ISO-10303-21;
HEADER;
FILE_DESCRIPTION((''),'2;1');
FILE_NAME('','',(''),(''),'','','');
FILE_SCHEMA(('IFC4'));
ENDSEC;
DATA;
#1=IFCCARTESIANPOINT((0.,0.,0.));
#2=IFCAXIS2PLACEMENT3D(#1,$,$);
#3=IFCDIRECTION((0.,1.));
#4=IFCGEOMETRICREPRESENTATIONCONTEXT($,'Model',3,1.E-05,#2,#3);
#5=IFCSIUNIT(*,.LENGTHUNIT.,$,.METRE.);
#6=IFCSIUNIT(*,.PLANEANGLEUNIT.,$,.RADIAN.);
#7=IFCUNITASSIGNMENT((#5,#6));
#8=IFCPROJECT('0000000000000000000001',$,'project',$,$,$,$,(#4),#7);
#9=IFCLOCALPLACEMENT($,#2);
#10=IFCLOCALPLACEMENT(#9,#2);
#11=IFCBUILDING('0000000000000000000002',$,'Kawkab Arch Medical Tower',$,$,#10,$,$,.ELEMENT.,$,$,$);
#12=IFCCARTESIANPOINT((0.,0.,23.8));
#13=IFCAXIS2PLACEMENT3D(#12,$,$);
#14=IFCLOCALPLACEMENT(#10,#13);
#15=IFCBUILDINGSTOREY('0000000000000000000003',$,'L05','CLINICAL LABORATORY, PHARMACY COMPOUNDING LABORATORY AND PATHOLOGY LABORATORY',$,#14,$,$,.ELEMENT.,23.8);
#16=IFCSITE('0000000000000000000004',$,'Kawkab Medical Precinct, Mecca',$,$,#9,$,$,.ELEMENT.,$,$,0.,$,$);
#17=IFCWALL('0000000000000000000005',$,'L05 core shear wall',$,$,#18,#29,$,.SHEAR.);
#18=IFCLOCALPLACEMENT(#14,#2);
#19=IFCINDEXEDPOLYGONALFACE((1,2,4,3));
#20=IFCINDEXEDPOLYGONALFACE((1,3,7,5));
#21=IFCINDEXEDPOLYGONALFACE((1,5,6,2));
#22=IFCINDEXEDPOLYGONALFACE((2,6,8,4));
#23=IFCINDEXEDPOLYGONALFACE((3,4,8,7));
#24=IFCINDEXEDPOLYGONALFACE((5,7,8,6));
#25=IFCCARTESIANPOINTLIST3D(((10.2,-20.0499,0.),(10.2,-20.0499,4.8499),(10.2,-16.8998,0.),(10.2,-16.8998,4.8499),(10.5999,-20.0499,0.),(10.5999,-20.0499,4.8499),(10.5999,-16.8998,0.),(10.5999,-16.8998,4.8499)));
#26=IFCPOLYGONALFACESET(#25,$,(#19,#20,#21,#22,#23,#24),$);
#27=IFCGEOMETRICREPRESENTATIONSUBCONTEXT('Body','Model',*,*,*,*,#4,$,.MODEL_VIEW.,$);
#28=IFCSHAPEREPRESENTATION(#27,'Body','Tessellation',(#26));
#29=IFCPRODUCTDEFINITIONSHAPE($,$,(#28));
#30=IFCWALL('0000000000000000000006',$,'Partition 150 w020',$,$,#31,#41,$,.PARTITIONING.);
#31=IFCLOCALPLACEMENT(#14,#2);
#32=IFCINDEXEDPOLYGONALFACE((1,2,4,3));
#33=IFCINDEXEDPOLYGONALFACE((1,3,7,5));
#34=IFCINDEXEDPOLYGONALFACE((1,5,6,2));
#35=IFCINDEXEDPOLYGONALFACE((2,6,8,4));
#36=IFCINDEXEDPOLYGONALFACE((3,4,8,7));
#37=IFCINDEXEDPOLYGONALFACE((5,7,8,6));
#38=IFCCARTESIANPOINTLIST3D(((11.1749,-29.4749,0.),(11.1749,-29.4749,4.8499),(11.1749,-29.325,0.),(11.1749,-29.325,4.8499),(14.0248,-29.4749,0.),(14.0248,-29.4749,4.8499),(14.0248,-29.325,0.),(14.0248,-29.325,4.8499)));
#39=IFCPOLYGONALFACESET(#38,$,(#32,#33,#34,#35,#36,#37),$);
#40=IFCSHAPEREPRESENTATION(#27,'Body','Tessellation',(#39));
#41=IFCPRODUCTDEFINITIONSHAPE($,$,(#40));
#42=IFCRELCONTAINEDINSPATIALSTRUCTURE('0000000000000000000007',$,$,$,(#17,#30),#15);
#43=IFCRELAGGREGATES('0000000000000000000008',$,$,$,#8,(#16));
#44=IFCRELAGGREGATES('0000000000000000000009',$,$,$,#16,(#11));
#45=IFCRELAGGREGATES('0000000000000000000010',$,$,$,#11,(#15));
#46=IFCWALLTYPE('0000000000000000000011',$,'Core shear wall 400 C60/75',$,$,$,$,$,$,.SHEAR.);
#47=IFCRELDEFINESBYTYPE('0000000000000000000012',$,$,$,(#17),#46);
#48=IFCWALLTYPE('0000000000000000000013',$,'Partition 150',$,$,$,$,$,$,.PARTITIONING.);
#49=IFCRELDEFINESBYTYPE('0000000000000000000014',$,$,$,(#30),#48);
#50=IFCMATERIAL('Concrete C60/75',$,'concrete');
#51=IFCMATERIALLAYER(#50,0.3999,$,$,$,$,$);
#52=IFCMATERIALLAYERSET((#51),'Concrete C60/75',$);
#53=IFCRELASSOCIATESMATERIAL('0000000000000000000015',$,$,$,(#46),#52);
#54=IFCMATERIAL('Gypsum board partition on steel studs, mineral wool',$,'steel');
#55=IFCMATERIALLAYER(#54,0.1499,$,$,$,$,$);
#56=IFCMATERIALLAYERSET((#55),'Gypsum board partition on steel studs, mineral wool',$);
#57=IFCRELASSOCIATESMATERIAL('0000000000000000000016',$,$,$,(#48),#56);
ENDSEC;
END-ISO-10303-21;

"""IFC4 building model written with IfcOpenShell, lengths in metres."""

from ifc_helpers import new_model, si_unit, direction, frame, frame_2d, origin, place, context, subcontext, project, spatial, rectangle, extrude, material, layer, layer_set, type_object, element, save


model = new_model("IFC4")

# Units and contexts
model_context = context("Model", 3, precision=1e-05, world=origin(), true_north=direction((0.0, 1.0)))
body_context = subcontext(model_context, "Body", "Model", "MODEL_VIEW")
ifc_project = project(units=[si_unit("LENGTHUNIT", "METRE"), si_unit("PLANEANGLEUNIT", "RADIAN")], contexts=[model_context])

# Site, building, storey
site_placement = place(None, origin())
site = spatial("IfcSite", under=ifc_project, at=site_placement, Name="Kawkab Medical Precinct, Mecca", CompositionType="ELEMENT", RefElevation=0.0)
building_placement = place(site_placement, origin())
building = spatial("IfcBuilding", under=site, at=building_placement, Name="Kawkab Arch Medical Tower", CompositionType="ELEMENT")
storey_placement = place(building_placement, frame((0.0, 0.0, 23.8)))
storey = spatial("IfcBuildingStorey", under=building, at=storey_placement, Name="L05", Description="CLINICAL LABORATORY, PHARMACY COMPOUNDING LABORATORY AND PATHOLOGY LABORATORY", CompositionType="ELEMENT", Elevation=23.8)

# Shared definitions
ifc_material_1 = material(Name="Concrete C60/75", Category="concrete")
ifc_layer_1 = layer(ifc_material_1, 0.3999)
ifc_layer_set_1 = layer_set([ifc_layer_1], Name="Concrete C60/75")
wall_type_1 = type_object("IfcWallType", Name="Core shear wall 400 C60/75", PredefinedType="SHEAR", material=ifc_layer_set_1)

# Walls
wall_1_placement = place(storey_placement, frame((10.3999, -20.05, 0.0), z_axis=(0.0, 0.0, 1.0), x_axis=(0.0, 1.0, 0.0)))
element("IfcWall", 1, at=wall_1_placement, inside=storey, type_object=wall_type_1, Name="L05 core shear wall", PredefinedType="SHEAR", context=body_context, shape_type="SweptSolid", body=[
    extrude(rectangle(XDim=3.1501, YDim=0.3999, at=frame_2d((1.5752, 0.0))), origin(), (0.0, 0.0, 1.0), 4.8499),
])
ifc_material_2 = material(Name="Gypsum board partition on steel studs, mineral wool", Category="steel")
ifc_layer_2 = layer(ifc_material_2, 0.1499)
ifc_layer_set_2 = layer_set([ifc_layer_2], Name="Gypsum board partition on steel studs, mineral wool")
wall_type_2 = type_object("IfcWallType", Name="Partition 150", PredefinedType="PARTITIONING", material=ifc_layer_set_2)
wall_2_placement = place(storey_placement, frame((11.175, -29.3999, 0.0), z_axis=(0.0, 0.0, 1.0), x_axis=(1.0, 0.0, 0.0)))
element("IfcWall", 2, at=wall_2_placement, inside=storey, type_object=wall_type_2, Name="Partition 150 w020", PredefinedType="PARTITIONING", context=body_context, shape_type="SweptSolid", body=[
    extrude(rectangle(XDim=2.8499, YDim=0.1499, at=frame_2d((1.4248, 0.0))), origin(), (0.0, 0.0, 1.0), 4.8499),
])

save(model, "model.ifc")
